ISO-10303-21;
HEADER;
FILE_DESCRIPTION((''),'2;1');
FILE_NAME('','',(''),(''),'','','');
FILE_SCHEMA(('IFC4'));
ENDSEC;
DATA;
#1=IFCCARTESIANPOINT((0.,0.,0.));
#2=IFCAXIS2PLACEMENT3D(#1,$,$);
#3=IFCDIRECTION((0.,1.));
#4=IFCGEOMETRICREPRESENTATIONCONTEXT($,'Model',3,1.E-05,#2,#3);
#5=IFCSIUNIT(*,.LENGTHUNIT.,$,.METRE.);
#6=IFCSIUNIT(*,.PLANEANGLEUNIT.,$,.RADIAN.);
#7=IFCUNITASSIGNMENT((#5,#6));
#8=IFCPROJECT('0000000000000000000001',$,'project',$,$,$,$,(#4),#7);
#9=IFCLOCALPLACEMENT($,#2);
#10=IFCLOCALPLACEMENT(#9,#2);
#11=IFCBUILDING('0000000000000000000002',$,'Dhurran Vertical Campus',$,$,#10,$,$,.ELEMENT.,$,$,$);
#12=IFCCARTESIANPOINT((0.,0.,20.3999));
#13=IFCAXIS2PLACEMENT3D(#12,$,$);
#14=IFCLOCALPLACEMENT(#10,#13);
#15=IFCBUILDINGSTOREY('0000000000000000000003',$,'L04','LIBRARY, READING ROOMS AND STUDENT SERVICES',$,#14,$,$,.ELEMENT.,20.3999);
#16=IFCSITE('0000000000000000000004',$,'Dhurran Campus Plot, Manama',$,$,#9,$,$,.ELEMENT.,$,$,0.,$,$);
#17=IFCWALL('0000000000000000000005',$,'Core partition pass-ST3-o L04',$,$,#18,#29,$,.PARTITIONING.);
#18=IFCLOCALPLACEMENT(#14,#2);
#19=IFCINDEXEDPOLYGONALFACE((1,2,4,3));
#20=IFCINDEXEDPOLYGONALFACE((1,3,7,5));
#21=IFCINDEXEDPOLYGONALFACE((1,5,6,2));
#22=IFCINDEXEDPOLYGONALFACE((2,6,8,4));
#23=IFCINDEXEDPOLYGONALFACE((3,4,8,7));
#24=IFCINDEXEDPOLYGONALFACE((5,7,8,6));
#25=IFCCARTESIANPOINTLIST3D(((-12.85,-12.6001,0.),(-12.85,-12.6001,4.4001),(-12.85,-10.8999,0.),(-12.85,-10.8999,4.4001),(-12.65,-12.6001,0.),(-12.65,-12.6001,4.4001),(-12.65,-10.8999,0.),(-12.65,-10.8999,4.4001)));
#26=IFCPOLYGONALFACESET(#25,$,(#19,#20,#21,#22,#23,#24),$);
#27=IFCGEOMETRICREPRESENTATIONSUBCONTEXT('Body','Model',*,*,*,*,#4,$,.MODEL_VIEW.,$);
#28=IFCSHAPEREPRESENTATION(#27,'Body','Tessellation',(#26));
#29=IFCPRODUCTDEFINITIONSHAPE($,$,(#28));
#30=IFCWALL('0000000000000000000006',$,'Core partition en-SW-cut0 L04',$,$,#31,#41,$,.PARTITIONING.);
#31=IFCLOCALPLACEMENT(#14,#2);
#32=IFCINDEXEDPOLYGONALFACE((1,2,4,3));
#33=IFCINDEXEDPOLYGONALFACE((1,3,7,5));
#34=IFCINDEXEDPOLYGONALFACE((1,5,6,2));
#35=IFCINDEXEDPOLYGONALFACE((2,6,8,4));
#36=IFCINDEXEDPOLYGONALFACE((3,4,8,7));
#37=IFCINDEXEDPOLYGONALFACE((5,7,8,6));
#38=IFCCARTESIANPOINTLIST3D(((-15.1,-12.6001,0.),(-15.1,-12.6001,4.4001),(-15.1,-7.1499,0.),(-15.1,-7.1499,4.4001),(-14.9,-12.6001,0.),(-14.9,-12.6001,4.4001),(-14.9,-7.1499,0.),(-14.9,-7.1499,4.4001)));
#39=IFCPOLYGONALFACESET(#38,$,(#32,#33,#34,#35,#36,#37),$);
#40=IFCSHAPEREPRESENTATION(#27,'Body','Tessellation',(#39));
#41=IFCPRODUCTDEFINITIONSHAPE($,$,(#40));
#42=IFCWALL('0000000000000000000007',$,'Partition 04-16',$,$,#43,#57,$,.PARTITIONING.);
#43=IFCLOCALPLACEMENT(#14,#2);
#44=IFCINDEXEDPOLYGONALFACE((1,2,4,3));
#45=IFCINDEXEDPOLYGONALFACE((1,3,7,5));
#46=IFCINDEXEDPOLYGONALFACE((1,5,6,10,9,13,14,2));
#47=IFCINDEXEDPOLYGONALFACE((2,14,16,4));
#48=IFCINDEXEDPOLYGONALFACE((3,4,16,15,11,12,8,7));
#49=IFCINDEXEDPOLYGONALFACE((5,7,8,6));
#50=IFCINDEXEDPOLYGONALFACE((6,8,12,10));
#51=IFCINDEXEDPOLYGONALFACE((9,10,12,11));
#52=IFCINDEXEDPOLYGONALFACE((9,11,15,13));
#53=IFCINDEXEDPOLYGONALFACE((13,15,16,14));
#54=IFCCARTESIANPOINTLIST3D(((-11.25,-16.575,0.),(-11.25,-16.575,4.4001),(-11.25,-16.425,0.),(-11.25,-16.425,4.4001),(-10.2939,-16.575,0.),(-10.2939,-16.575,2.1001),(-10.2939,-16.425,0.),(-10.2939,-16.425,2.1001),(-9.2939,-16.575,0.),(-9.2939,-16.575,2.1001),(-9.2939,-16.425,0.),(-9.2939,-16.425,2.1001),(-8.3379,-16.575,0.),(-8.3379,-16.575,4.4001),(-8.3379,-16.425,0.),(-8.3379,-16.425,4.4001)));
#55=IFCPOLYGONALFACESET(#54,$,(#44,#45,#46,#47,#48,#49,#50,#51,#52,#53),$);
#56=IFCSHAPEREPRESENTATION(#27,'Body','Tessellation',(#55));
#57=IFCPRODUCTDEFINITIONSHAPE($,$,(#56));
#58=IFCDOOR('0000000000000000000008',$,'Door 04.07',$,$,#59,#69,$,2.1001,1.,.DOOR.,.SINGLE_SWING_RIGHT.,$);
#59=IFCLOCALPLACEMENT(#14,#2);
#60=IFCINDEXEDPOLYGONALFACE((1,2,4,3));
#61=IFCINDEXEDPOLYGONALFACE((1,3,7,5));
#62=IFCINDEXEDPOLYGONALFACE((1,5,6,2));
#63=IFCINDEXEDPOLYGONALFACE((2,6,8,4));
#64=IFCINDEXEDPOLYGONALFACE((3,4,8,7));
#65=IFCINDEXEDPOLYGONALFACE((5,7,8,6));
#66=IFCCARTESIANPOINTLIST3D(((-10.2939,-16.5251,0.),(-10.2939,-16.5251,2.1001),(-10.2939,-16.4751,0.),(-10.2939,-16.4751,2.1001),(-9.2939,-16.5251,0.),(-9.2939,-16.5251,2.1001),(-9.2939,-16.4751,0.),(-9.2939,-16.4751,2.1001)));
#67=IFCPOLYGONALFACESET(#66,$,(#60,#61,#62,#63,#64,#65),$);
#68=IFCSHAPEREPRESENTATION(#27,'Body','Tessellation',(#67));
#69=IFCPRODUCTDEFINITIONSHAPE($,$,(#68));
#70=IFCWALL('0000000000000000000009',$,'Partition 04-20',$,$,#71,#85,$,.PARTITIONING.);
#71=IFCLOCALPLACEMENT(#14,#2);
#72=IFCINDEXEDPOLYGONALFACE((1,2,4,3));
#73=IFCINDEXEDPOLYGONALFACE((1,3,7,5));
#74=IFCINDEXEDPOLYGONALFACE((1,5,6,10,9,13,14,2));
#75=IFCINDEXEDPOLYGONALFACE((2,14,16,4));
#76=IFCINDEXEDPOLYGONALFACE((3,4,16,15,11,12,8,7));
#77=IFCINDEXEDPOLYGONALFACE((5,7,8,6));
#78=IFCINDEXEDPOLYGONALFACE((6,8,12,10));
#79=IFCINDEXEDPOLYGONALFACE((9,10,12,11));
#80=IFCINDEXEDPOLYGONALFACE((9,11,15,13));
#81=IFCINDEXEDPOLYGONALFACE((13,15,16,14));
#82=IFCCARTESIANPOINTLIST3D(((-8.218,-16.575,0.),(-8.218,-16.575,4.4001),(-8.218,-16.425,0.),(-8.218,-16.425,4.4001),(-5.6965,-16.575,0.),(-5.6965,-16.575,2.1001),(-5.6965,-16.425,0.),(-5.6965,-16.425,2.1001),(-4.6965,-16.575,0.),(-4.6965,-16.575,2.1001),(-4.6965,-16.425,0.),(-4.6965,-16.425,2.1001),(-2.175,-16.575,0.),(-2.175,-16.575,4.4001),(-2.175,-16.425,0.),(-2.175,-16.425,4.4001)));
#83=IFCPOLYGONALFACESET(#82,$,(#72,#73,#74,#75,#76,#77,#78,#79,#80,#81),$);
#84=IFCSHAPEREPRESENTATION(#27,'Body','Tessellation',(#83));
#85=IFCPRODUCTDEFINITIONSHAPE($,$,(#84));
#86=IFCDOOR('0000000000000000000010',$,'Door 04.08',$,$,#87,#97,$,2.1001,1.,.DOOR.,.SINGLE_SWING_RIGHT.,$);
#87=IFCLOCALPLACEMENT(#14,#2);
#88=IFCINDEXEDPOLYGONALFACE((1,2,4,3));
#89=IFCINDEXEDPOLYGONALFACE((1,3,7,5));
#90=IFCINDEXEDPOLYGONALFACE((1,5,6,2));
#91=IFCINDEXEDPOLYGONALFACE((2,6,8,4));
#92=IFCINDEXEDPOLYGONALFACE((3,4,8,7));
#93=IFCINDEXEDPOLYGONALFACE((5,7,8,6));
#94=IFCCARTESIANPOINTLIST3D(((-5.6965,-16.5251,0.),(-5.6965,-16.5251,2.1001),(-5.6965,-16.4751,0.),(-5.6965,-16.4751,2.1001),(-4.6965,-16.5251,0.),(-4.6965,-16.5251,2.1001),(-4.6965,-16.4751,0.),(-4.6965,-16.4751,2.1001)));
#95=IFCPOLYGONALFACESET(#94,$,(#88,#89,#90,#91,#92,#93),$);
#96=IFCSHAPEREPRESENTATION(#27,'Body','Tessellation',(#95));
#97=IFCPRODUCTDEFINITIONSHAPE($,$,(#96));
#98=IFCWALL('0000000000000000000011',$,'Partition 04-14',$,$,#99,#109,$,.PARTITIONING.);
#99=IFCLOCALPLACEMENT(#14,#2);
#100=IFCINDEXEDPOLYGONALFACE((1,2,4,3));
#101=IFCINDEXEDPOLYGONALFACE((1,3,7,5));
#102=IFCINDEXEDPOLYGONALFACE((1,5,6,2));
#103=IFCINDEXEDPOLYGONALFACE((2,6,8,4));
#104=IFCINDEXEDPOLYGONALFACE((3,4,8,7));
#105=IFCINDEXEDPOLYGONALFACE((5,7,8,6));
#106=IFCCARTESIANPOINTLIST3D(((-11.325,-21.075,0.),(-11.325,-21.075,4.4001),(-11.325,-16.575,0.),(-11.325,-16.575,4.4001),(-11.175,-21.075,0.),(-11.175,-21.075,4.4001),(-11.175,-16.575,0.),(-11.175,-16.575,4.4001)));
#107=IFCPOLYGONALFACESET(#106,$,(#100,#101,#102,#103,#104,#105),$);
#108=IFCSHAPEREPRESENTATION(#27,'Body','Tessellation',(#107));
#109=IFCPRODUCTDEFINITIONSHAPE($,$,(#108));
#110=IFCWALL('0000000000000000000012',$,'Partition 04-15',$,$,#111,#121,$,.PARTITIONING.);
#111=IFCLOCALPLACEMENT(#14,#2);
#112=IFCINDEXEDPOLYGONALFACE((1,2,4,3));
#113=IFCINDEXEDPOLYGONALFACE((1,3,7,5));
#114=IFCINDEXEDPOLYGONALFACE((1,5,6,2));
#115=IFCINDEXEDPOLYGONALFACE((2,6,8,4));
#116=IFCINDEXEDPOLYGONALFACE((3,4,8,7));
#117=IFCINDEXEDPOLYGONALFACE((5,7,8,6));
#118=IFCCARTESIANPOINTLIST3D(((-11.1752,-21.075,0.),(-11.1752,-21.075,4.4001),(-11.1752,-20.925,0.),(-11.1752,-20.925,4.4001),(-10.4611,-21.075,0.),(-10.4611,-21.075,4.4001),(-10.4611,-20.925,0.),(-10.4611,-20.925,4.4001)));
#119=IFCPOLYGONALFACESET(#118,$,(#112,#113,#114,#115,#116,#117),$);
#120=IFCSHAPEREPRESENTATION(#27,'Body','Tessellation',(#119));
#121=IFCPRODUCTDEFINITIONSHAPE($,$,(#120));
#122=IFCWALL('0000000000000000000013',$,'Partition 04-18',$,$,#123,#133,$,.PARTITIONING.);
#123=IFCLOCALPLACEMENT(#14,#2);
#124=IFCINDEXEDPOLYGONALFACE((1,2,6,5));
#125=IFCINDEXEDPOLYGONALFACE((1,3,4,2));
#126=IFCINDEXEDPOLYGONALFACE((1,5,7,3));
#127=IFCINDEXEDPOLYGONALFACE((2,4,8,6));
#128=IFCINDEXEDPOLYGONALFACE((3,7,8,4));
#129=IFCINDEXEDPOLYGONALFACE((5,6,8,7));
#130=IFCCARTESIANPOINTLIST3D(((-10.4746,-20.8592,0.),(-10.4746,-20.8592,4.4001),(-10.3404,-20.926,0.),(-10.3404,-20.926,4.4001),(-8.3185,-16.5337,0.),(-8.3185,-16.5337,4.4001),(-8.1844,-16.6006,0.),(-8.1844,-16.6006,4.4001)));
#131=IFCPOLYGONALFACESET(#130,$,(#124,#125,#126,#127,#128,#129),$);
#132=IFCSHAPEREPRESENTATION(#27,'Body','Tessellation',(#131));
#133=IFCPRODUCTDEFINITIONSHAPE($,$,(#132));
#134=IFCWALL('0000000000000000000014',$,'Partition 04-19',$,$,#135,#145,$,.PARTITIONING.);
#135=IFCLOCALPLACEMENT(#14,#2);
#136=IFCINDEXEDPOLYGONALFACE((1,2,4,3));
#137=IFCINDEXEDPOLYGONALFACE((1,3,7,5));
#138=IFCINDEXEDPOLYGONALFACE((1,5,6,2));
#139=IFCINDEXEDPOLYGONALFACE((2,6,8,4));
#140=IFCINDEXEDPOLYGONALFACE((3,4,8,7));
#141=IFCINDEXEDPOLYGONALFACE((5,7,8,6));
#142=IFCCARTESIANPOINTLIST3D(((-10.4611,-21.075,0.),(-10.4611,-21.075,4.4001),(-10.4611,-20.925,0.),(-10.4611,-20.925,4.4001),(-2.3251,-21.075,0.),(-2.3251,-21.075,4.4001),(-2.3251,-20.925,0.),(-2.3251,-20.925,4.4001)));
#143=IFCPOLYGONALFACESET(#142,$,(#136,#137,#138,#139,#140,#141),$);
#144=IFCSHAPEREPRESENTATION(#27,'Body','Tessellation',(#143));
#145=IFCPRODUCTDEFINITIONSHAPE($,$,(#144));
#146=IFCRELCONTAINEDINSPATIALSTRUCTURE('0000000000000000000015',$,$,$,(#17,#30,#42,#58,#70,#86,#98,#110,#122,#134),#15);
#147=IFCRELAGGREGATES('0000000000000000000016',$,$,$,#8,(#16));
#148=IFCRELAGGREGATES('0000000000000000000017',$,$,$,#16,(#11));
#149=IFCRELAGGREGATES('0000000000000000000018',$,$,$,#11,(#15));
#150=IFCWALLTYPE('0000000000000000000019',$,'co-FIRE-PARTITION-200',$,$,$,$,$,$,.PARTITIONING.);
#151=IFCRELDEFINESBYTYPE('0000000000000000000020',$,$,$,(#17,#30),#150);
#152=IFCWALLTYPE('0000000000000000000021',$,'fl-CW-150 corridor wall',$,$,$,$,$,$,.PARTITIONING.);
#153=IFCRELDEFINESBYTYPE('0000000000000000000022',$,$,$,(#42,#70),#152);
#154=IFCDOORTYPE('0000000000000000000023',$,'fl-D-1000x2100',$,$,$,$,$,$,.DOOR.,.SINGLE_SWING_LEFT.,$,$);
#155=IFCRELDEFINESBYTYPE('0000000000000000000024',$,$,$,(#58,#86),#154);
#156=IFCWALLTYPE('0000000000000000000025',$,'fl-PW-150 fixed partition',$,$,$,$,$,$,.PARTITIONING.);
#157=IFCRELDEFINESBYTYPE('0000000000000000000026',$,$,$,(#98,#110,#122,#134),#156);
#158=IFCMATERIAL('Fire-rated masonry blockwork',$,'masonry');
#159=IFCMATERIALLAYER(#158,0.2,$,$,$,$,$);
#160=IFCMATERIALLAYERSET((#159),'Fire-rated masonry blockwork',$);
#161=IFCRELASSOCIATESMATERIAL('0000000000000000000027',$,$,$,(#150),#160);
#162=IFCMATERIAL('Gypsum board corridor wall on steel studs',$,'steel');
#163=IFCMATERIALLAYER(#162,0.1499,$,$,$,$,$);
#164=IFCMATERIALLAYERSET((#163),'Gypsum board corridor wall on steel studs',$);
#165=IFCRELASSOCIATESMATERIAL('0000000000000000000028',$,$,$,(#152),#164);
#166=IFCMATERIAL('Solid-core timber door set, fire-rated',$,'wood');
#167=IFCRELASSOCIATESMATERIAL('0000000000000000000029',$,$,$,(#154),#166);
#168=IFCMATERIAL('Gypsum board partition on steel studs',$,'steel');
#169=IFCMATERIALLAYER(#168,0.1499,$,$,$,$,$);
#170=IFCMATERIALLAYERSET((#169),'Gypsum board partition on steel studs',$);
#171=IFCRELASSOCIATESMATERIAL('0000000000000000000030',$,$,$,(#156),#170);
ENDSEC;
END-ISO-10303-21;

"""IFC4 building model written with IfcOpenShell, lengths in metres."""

from ifc_helpers import new_model, si_unit, direction, frame, frame_2d, origin, place, context, subcontext, project, spatial, rectangle, extrude, material, layer, layer_set, type_object, element, fill, save


model = new_model("IFC4")

# Units and contexts
model_context = context("Model", 3, precision=1e-05, world=origin(), true_north=direction((0.0, 1.0)))
body_context = subcontext(model_context, "Body", "Model", "MODEL_VIEW")
ifc_project = project(units=[si_unit("LENGTHUNIT", "METRE"), si_unit("PLANEANGLEUNIT", "RADIAN")], contexts=[model_context])

# Site, building, storey
site_placement = place(None, origin())
site = spatial("IfcSite", under=ifc_project, at=site_placement, Name="Dhurran Campus Plot, Manama", CompositionType="ELEMENT", RefElevation=0.0)
building_placement = place(site_placement, origin())
building = spatial("IfcBuilding", under=site, at=building_placement, Name="Dhurran Vertical Campus", CompositionType="ELEMENT")
storey_placement = place(building_placement, frame((0.0, 0.0, 20.3999)))
storey = spatial("IfcBuildingStorey", under=building, at=storey_placement, Name="L04", Description="LIBRARY, READING ROOMS AND STUDENT SERVICES", CompositionType="ELEMENT", Elevation=20.3999)

# Walls
ifc_material_1 = material(Name="Fire-rated masonry blockwork", Category="masonry")
ifc_layer_1 = layer(ifc_material_1, 0.2)
ifc_layer_set_1 = layer_set([ifc_layer_1], Name="Fire-rated masonry blockwork")
wall_type_1 = type_object("IfcWallType", Name="co-FIRE-PARTITION-200", PredefinedType="PARTITIONING", material=ifc_layer_set_1)
wall_1_placement = place(storey_placement, frame((-12.75, -12.6001, 0.0), z_axis=(0.0, 0.0, 1.0), x_axis=(0.0, 1.0, 0.0)))
element("IfcWall", 1, at=wall_1_placement, inside=storey, type_object=wall_type_1, Name="Core partition pass-ST3-o L04", PredefinedType="PARTITIONING", context=body_context, shape_type="SweptSolid", body=[
    extrude(rectangle(XDim=1.7002, YDim=0.2, at=frame_2d((0.8501, 0.0))), origin(), (0.0, 0.0, 1.0), 4.4001),
])
wall_2_placement = place(storey_placement, frame((-15.0, -12.6001, 0.0), z_axis=(0.0, 0.0, 1.0), x_axis=(0.0, 1.0, 0.0)))
element("IfcWall", 2, at=wall_2_placement, inside=storey, type_object=wall_type_1, Name="Core partition en-SW-cut0 L04", PredefinedType="PARTITIONING", context=body_context, shape_type="SweptSolid", body=[
    extrude(rectangle(XDim=5.4502, YDim=0.2, at=frame_2d((2.7251, 0.0))), origin(), (0.0, 0.0, 1.0), 4.4001),
])

# Walls, openings, doors
ifc_material_2 = material(Name="Gypsum board corridor wall on steel studs", Category="steel")
ifc_layer_2 = layer(ifc_material_2, 0.1499)
ifc_layer_set_2 = layer_set([ifc_layer_2], Name="Gypsum board corridor wall on steel studs")
wall_type_2 = type_object("IfcWallType", Name="fl-CW-150 corridor wall", PredefinedType="PARTITIONING", material=ifc_layer_set_2)
wall_3_placement = place(storey_placement, frame((-11.25, -16.5, 0.0), z_axis=(0.0, 0.0, 1.0), x_axis=(1.0, 0.0, 0.0)))
wall_3 = element("IfcWall", 3, at=wall_3_placement, inside=storey, type_object=wall_type_2, Name="Partition 04-16", PredefinedType="PARTITIONING", context=body_context, shape_type="SweptSolid", body=[
    extrude(rectangle(XDim=2.9121, YDim=0.1499, at=frame_2d((1.4561, 0.0))), origin(), (0.0, 0.0, 1.0), 4.4001),
])
opening_1_placement = place(wall_3_placement, frame((0.9561, 0.0, 0.0)))
opening_1 = element("IfcOpeningElement", 4, at=opening_1_placement, cuts=wall_3, PredefinedType="OPENING", context=body_context, shape_type="SweptSolid", body=[
    extrude(rectangle(XDim=1.0, YDim=2.1001, at=frame_2d((0.5, 1.05))), frame((0.0, 0.085, 0.0), z_axis=(0.0, -1.0, 0.0), x_axis=(1.0, 0.0, 0.0)), (0.0, 0.0, 1.0), 0.1699),
])
ifc_material_3 = material(Name="Solid-core timber door set, fire-rated", Category="wood")
door_type_1 = type_object("IfcDoorType", Name="fl-D-1000x2100", OperationType="SINGLE_SWING_LEFT", PredefinedType="DOOR", material=ifc_material_3)
door_1_placement = place(opening_1_placement, origin())
door_1 = element("IfcDoor", 5, at=door_1_placement, inside=storey, type_object=door_type_1, Name="Door 04.07", OperationType="SINGLE_SWING_RIGHT", OverallHeight=2.1001, OverallWidth=1.0, PredefinedType="DOOR", context=body_context, shape_type="SweptSolid", body=[
    extrude(rectangle(XDim=1.0, YDim=2.1001, at=frame_2d((0.5, 1.05))), frame((0.0, 0.0249, 0.0), z_axis=(0.0, -1.0, 0.0), x_axis=(1.0, 0.0, 0.0)), (0.0, 0.0, 1.0), 0.05),
])
fill(opening_1, door_1)
wall_4_placement = place(storey_placement, frame((-8.218, -16.5, 0.0), z_axis=(0.0, 0.0, 1.0), x_axis=(1.0, 0.0, 0.0)))
wall_4 = element("IfcWall", 6, at=wall_4_placement, inside=storey, type_object=wall_type_2, Name="Partition 04-20", PredefinedType="PARTITIONING", context=body_context, shape_type="SweptSolid", body=[
    extrude(rectangle(XDim=6.043, YDim=0.1499, at=frame_2d((3.0215, 0.0))), origin(), (0.0, 0.0, 1.0), 4.4001),
])
opening_2_placement = place(wall_4_placement, frame((2.5215, 0.0, 0.0)))
opening_2 = element("IfcOpeningElement", 7, at=opening_2_placement, cuts=wall_4, PredefinedType="OPENING", context=body_context, shape_type="SweptSolid", body=[
    extrude(rectangle(XDim=1.0, YDim=2.1001, at=frame_2d((0.5, 1.05))), frame((0.0, 0.085, 0.0), z_axis=(0.0, -1.0, 0.0), x_axis=(1.0, 0.0, 0.0)), (0.0, 0.0, 1.0), 0.1699),
])
door_2_placement = place(opening_2_placement, origin())
door_2 = element("IfcDoor", 8, at=door_2_placement, inside=storey, type_object=door_type_1, Name="Door 04.08", OperationType="SINGLE_SWING_RIGHT", OverallHeight=2.1001, OverallWidth=1.0, PredefinedType="DOOR", context=body_context, shape_type="SweptSolid", body=[
    extrude(rectangle(XDim=1.0, YDim=2.1001, at=frame_2d((0.5, 1.05))), frame((0.0, 0.0249, 0.0), z_axis=(0.0, -1.0, 0.0), x_axis=(1.0, 0.0, 0.0)), (0.0, 0.0, 1.0), 0.05),
])
fill(opening_2, door_2)

# Walls
ifc_material_4 = material(Name="Gypsum board partition on steel studs", Category="steel")
ifc_layer_3 = layer(ifc_material_4, 0.1499)
ifc_layer_set_3 = layer_set([ifc_layer_3], Name="Gypsum board partition on steel studs")
wall_type_3 = type_object("IfcWallType", Name="fl-PW-150 fixed partition", PredefinedType="PARTITIONING", material=ifc_layer_set_3)
wall_5_placement = place(storey_placement, frame((-11.25, -16.575, 0.0), z_axis=(0.0, 0.0, 1.0), x_axis=(0.0, -1.0, 0.0)))
element("IfcWall", 9, at=wall_5_placement, inside=storey, type_object=wall_type_3, Name="Partition 04-14", PredefinedType="PARTITIONING", context=body_context, shape_type="SweptSolid", body=[
    extrude(rectangle(XDim=4.5, YDim=0.1499, at=frame_2d((2.25, 0.0))), origin(), (0.0, 0.0, 1.0), 4.4001),
])
wall_6_placement = place(storey_placement, frame((-11.175, -21.0, 0.0), z_axis=(0.0, 0.0, 1.0), x_axis=(1.0, 0.0, 0.0)))
element("IfcWall", 10, at=wall_6_placement, inside=storey, type_object=wall_type_3, Name="Partition 04-15", PredefinedType="PARTITIONING", context=body_context, shape_type="SweptSolid", body=[
    extrude(rectangle(XDim=0.7141, YDim=0.1499, at=frame_2d((0.3569, 0.0))), origin(), (0.0, 0.0, 1.0), 4.4001),
])
wall_7_placement = place(storey_placement, frame((-8.2515, -16.5671, 0.0), z_axis=(0.0, 0.0, 1.0), x_axis=(-0.446102, -0.894982, 0.0)))
element("IfcWall", 11, at=wall_7_placement, inside=storey, type_object=wall_type_3, Name="Partition 04-18", PredefinedType="PARTITIONING", context=body_context, shape_type="SweptSolid", body=[
    extrude(rectangle(XDim=4.833, YDim=0.1499, at=frame_2d((2.4165, 0.0))), origin(), (0.0, 0.0, 1.0), 4.4001),
])
wall_8_placement = place(storey_placement, frame((-10.4609, -21.0, 0.0), z_axis=(0.0, 0.0, 1.0), x_axis=(1.0, 0.0, 0.0)))
element("IfcWall", 12, at=wall_8_placement, inside=storey, type_object=wall_type_3, Name="Partition 04-19", PredefinedType="PARTITIONING", context=body_context, shape_type="SweptSolid", body=[
    extrude(rectangle(XDim=8.136, YDim=0.1499, at=frame_2d((4.0679, 0.0))), origin(), (0.0, 0.0, 1.0), 4.4001),
])

save(model, "model.ifc")
